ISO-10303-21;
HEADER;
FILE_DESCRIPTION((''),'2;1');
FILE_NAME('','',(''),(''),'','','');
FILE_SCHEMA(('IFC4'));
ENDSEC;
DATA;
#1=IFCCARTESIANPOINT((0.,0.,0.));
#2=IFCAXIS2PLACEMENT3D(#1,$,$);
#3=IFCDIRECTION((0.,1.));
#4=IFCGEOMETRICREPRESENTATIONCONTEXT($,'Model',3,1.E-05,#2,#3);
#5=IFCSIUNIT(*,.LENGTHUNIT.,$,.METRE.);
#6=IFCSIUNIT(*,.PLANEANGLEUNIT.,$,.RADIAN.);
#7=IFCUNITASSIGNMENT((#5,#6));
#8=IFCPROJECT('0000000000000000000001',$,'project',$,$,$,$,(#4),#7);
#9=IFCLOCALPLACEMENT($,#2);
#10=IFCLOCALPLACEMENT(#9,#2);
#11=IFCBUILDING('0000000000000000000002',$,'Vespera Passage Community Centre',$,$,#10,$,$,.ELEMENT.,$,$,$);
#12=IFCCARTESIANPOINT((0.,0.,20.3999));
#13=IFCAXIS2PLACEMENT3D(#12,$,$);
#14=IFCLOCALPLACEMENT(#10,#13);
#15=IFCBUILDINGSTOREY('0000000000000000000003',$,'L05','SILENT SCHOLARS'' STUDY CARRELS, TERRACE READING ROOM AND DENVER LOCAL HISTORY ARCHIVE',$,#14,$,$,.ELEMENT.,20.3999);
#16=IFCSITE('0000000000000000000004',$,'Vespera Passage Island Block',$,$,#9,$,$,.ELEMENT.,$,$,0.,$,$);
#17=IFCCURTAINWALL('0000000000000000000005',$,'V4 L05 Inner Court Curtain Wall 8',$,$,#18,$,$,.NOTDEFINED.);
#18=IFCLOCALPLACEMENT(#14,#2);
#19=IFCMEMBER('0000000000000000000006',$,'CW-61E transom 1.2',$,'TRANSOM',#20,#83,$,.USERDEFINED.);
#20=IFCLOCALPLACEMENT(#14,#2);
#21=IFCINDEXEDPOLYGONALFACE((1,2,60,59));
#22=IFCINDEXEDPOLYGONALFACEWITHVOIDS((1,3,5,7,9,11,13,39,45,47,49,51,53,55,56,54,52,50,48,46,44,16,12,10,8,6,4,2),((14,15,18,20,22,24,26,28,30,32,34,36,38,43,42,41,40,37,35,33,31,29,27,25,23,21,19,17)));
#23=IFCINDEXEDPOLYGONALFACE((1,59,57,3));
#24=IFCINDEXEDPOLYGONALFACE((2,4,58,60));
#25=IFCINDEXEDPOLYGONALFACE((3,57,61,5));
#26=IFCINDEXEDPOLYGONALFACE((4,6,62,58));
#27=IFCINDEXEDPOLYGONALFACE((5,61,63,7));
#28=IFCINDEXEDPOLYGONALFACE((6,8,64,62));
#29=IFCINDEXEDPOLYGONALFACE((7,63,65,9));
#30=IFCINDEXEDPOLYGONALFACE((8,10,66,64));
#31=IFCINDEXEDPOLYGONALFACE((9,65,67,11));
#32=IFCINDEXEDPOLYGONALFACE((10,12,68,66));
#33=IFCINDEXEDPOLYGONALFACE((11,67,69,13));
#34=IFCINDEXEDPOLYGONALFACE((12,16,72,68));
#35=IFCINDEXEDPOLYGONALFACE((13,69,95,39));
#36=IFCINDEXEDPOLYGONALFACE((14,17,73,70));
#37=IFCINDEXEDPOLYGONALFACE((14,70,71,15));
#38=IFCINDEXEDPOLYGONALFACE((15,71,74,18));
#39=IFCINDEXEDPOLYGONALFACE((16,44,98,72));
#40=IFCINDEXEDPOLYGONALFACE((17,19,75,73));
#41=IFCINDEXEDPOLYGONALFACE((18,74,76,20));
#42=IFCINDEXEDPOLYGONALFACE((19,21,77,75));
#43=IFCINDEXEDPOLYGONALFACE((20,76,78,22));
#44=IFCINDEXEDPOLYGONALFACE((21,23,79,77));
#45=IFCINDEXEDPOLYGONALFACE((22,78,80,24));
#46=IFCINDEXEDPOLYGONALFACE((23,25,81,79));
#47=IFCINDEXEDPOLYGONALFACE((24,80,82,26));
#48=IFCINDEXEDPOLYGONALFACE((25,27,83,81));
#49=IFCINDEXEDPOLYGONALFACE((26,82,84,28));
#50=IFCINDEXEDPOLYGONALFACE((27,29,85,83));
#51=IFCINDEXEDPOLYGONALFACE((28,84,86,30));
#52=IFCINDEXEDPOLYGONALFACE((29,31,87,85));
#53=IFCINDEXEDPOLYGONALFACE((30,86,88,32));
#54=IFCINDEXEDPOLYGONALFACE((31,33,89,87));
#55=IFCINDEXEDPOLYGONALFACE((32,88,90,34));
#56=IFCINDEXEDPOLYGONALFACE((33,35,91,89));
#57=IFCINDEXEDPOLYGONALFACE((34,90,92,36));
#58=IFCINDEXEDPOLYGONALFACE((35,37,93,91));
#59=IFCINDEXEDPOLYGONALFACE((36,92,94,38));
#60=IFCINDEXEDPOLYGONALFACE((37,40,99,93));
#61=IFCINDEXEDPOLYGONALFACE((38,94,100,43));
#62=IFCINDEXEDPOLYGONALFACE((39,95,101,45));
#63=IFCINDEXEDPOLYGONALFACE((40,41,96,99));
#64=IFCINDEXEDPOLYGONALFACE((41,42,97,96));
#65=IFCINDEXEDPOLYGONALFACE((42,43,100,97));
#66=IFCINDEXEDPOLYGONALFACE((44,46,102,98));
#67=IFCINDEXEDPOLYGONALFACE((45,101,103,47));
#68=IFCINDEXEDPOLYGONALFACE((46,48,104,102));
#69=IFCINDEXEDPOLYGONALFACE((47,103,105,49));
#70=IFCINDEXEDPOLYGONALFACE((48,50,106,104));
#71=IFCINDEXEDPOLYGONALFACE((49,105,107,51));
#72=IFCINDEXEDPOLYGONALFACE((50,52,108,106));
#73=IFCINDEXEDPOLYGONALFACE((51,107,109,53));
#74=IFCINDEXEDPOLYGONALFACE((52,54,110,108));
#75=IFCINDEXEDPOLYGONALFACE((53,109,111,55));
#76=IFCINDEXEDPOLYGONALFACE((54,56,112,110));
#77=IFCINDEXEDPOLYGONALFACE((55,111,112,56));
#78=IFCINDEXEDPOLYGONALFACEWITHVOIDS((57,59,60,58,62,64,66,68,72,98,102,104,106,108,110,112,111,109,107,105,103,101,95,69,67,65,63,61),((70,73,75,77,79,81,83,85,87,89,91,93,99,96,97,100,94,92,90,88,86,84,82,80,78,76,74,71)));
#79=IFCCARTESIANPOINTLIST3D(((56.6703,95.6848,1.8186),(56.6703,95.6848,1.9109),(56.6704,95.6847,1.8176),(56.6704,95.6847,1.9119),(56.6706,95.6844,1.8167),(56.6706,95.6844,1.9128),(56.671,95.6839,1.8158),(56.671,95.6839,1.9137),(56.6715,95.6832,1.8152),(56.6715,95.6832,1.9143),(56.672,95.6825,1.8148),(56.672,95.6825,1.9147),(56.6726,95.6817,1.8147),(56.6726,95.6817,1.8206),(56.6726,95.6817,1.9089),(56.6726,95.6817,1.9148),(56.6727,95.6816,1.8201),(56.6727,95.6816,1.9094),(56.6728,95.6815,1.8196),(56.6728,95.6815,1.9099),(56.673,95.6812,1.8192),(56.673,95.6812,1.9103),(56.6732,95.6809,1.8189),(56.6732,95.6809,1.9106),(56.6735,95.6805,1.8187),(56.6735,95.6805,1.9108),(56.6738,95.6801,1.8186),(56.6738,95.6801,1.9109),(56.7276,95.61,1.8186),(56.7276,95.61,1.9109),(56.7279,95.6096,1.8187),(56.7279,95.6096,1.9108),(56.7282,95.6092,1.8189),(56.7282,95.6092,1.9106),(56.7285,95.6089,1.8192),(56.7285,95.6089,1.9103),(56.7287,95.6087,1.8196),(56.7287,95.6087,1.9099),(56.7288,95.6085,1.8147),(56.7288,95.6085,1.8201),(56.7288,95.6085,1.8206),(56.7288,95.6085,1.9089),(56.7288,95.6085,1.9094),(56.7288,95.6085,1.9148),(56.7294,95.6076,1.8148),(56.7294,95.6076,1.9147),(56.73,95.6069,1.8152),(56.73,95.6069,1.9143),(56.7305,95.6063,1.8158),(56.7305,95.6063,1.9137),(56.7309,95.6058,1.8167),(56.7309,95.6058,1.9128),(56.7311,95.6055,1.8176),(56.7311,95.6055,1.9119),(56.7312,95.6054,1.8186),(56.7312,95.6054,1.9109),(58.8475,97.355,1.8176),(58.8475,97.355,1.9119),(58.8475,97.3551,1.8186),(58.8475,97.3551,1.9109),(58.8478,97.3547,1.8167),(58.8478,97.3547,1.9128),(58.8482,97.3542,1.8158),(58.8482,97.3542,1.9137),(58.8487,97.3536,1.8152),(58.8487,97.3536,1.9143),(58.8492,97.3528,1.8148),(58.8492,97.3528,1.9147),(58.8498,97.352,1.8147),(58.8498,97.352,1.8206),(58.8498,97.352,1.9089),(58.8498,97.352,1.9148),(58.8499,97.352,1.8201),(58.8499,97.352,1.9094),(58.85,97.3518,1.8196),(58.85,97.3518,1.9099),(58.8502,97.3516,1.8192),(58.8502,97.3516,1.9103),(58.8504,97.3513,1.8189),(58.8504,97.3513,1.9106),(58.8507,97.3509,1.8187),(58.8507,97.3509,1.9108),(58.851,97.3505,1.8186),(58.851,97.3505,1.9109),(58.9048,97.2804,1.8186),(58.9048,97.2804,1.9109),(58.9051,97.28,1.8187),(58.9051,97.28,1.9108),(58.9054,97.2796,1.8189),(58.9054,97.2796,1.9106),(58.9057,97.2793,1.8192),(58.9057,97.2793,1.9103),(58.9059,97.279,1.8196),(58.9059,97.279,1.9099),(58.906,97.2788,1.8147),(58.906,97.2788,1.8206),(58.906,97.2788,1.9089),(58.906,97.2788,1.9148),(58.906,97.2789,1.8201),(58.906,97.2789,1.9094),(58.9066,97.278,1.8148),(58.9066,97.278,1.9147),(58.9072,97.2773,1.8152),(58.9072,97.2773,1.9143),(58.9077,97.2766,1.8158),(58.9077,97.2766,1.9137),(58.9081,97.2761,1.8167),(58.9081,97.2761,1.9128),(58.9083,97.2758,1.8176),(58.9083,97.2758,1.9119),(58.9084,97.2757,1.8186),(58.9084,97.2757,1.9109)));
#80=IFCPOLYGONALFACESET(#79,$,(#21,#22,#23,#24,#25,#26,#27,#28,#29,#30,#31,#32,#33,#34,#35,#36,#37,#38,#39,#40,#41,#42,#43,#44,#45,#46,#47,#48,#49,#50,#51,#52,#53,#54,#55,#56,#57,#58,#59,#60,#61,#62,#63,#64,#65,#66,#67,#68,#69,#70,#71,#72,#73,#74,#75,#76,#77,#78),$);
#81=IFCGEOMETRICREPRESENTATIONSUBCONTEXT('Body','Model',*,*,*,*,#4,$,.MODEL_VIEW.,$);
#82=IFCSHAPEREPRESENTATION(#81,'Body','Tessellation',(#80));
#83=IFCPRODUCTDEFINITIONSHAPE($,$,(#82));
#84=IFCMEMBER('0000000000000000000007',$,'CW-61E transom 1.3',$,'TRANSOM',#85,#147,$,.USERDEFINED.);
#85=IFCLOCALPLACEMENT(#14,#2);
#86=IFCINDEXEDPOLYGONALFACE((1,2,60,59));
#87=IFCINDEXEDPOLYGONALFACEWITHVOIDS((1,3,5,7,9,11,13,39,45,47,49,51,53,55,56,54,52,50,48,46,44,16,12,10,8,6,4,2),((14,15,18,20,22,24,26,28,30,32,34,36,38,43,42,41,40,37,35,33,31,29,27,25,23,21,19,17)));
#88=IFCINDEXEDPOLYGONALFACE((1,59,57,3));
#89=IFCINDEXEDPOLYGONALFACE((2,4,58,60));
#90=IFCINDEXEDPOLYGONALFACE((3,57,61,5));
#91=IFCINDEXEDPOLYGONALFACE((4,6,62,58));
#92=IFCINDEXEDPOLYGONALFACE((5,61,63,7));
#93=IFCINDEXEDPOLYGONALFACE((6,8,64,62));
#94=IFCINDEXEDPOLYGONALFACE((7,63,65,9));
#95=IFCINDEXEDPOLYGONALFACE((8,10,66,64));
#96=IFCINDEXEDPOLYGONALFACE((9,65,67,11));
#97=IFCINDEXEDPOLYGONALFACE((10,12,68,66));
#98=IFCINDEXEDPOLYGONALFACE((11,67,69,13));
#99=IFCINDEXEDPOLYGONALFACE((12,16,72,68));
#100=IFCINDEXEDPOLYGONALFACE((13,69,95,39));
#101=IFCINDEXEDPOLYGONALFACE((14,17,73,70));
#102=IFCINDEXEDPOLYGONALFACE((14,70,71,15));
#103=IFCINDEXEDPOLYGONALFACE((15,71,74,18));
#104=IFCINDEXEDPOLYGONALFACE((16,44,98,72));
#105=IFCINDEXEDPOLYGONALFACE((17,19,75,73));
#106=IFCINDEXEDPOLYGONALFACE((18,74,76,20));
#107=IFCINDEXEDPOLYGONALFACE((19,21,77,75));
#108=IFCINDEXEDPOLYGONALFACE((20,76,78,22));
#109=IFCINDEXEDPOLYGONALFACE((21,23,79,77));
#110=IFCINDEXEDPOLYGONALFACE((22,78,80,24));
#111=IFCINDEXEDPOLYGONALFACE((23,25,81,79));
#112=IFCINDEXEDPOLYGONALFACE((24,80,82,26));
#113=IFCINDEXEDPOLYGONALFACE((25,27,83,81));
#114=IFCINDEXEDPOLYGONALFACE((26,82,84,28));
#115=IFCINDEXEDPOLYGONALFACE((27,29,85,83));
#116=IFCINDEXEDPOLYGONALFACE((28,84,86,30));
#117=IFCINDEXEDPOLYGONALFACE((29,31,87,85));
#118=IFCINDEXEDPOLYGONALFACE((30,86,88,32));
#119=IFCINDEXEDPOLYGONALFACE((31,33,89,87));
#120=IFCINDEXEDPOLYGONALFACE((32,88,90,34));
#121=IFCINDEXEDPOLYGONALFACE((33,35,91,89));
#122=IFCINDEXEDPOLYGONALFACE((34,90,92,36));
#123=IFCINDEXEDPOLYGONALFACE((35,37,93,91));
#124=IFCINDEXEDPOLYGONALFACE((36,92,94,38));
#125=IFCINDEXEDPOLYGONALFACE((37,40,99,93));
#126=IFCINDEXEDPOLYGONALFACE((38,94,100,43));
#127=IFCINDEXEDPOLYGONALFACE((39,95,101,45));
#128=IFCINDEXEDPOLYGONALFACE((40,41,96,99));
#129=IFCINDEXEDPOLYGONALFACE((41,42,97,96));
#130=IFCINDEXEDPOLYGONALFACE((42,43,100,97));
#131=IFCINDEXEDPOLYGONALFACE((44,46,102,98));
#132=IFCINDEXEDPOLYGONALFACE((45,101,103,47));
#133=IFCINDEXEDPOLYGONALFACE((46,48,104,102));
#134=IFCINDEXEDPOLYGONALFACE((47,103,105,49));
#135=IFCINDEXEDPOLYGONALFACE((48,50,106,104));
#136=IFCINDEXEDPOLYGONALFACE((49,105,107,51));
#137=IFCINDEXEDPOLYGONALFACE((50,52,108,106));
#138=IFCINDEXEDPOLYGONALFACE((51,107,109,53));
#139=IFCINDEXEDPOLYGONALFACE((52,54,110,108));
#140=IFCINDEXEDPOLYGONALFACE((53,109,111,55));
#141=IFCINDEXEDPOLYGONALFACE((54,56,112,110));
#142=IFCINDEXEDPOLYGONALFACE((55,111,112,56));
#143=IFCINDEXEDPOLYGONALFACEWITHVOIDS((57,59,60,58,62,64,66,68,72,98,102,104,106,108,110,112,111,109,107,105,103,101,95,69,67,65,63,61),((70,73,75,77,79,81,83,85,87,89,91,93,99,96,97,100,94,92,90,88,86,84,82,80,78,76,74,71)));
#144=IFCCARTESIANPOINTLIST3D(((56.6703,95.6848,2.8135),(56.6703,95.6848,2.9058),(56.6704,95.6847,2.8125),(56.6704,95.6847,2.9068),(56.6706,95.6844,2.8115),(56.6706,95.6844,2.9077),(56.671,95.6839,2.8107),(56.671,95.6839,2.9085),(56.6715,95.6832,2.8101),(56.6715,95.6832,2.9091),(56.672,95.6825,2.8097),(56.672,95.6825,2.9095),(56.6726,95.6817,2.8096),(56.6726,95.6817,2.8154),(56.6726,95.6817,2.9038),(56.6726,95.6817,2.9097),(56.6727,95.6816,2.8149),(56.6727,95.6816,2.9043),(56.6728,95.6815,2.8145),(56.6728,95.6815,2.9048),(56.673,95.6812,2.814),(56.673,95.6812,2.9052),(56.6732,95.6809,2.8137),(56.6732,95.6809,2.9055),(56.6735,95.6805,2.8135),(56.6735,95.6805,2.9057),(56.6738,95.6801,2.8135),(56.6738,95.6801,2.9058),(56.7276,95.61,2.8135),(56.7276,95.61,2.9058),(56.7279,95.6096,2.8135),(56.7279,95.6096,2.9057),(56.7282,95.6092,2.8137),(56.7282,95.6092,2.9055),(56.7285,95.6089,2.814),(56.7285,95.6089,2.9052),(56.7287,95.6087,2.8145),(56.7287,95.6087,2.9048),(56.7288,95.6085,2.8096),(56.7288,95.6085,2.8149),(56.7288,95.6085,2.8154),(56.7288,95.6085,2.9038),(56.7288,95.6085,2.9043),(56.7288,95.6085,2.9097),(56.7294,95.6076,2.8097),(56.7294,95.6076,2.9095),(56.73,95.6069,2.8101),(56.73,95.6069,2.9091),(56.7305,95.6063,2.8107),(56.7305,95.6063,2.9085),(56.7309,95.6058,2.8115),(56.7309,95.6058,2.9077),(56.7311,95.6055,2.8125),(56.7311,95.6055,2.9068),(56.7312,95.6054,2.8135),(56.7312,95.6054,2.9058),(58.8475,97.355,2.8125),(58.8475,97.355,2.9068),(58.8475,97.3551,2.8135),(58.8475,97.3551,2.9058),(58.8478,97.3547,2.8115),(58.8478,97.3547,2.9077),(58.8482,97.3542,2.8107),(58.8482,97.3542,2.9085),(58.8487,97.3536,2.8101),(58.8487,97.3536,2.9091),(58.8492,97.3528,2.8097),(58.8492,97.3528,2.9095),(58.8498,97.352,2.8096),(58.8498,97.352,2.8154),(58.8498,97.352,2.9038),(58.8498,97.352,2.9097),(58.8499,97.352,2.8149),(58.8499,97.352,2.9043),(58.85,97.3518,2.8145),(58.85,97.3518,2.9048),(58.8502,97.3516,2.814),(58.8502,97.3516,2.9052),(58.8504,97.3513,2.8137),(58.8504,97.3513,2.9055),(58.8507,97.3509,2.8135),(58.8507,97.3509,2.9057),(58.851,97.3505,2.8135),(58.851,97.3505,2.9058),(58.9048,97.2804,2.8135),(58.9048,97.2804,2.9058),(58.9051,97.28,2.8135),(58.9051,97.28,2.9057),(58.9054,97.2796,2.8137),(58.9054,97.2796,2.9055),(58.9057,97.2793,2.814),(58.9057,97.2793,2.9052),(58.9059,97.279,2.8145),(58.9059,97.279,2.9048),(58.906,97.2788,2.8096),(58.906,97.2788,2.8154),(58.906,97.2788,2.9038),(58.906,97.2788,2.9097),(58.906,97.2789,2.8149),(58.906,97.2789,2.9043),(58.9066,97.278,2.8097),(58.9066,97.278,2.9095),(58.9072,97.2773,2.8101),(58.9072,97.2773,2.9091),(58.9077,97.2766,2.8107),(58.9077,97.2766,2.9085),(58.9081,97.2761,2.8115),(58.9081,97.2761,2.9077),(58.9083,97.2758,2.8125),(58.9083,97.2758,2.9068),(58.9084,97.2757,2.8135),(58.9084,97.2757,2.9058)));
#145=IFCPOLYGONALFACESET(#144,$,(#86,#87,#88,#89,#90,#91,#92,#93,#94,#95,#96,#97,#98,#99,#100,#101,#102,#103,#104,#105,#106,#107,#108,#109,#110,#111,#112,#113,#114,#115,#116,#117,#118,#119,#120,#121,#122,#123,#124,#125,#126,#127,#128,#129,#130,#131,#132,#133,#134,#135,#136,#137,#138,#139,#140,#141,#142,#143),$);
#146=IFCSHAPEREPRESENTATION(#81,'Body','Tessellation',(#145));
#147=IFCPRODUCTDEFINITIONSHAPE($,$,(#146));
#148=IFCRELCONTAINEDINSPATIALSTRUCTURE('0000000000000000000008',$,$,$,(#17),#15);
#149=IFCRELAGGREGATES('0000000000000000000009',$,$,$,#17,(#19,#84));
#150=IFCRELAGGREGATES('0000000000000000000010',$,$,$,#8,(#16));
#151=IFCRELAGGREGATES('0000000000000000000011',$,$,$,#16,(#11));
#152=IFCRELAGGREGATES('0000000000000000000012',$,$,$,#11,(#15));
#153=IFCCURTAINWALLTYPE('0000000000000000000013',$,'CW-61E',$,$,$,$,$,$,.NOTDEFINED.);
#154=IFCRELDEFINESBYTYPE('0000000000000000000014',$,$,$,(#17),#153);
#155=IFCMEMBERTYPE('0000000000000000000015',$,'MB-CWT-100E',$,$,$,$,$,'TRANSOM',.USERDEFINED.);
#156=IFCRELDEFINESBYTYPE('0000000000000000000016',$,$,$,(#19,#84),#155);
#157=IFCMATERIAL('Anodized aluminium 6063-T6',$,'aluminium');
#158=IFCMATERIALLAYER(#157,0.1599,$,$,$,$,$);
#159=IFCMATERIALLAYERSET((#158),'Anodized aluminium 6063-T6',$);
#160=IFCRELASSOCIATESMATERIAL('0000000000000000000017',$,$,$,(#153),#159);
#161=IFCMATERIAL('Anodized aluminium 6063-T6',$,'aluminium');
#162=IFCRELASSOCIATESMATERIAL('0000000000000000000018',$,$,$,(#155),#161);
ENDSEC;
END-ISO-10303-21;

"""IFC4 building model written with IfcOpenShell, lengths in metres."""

from ifc_helpers import new_model, si_unit, direction, frame, origin, origin_2d, place, context, subcontext, project, spatial, hollow_rectangle, extrude, material, layer, layer_set, material_profile, profile_set, type_object, element, aggregate, save


model = new_model("IFC4")

# Units and contexts
model_context = context("Model", 3, precision=1e-05, world=origin(), true_north=direction((0.0, 1.0)))
body_context = subcontext(model_context, "Body", "Model", "MODEL_VIEW")
ifc_project = project(units=[si_unit("LENGTHUNIT", "METRE"), si_unit("PLANEANGLEUNIT", "RADIAN")], contexts=[model_context])

# Site, building, storey
site_placement = place(None, origin())
site = spatial("IfcSite", under=ifc_project, at=site_placement, Name="Vespera Passage Island Block", CompositionType="ELEMENT", RefElevation=0.0)
building_placement = place(site_placement, origin())
building = spatial("IfcBuilding", under=site, at=building_placement, Name="Vespera Passage Community Centre", CompositionType="ELEMENT")
storey_placement = place(building_placement, frame((0.0, 0.0, 20.3999)))
storey = spatial("IfcBuildingStorey", under=building, at=storey_placement, Name="L05", Description="SILENT SCHOLARS' STUDY CARRELS, TERRACE READING ROOM AND DENVER LOCAL HISTORY ARCHIVE", CompositionType="ELEMENT", Elevation=20.3999)

# Curtain wall
ifc_material_1 = material(Name="Anodized aluminium 6063-T6", Category="aluminium")
ifc_layer_1 = layer(ifc_material_1, 0.1599)
ifc_layer_set_1 = layer_set([ifc_layer_1], Name="Anodized aluminium 6063-T6")
curtain_wall_type_1 = type_object("IfcCurtainWallType", Name="CW-61E", PredefinedType="NOTDEFINED", material=ifc_layer_set_1)
curtain_wall_1_placement = place(storey_placement, origin())
curtain_wall_1 = element("IfcCurtainWall", 1, at=curtain_wall_1_placement, inside=storey, type_object=curtain_wall_type_1, Name="V4 L05 Inner Court Curtain Wall 8", PredefinedType="NOTDEFINED")

# Members
ifc_material_2 = material(Name="Anodized aluminium 6063-T6", Category="aluminium")
ifc_material_profile_1 = material_profile(ifc_material_2, hollow_rectangle(XDim=0.1001, YDim=0.1001, WallThickness=0.0039, InnerFilletRadius=0.002, OuterFilletRadius=0.0039, at=origin_2d()), Name="ALU100X100X4")
ifc_profile_set_1 = profile_set([ifc_material_profile_1], Name="Anodized aluminium 6063-T6")
member_type_1 = type_object("IfcMemberType", Name="MB-CWT-100E", ElementType="TRANSOM", PredefinedType="USERDEFINED", material=ifc_profile_set_1)
member_1_placement = place(storey_placement, frame((58.8779, 97.3154, 1.8647), z_axis=(-0.793397, -0.608704, 0.0), x_axis=(0.608704, -0.793397, 0.0)))
member_1 = element("IfcMember", 2, at=member_1_placement, type_object=member_type_1, Name="CW-61E transom 1.2", ObjectType="TRANSOM", PredefinedType="USERDEFINED", context=body_context, shape_type="SweptSolid", body=[
    extrude(hollow_rectangle(XDim=0.1001, YDim=0.1001, WallThickness=0.0039, InnerFilletRadius=0.002, OuterFilletRadius=0.0039, at=origin_2d()), origin(), (0.0, 0.0, 1.0), 2.7441),
])
member_2_placement = place(storey_placement, frame((58.8779, 97.3154, 2.8596), z_axis=(-0.793397, -0.608704, 0.0), x_axis=(0.608704, -0.793397, 0.0)))
member_2 = element("IfcMember", 3, at=member_2_placement, type_object=member_type_1, Name="CW-61E transom 1.3", ObjectType="TRANSOM", PredefinedType="USERDEFINED", context=body_context, shape_type="SweptSolid", body=[
    extrude(hollow_rectangle(XDim=0.1001, YDim=0.1001, WallThickness=0.0039, InnerFilletRadius=0.002, OuterFilletRadius=0.0039, at=origin_2d()), origin(), (0.0, 0.0, 1.0), 2.7441),
])
aggregate(curtain_wall_1, [member_1, member_2])

save(model, "model.ifc")
